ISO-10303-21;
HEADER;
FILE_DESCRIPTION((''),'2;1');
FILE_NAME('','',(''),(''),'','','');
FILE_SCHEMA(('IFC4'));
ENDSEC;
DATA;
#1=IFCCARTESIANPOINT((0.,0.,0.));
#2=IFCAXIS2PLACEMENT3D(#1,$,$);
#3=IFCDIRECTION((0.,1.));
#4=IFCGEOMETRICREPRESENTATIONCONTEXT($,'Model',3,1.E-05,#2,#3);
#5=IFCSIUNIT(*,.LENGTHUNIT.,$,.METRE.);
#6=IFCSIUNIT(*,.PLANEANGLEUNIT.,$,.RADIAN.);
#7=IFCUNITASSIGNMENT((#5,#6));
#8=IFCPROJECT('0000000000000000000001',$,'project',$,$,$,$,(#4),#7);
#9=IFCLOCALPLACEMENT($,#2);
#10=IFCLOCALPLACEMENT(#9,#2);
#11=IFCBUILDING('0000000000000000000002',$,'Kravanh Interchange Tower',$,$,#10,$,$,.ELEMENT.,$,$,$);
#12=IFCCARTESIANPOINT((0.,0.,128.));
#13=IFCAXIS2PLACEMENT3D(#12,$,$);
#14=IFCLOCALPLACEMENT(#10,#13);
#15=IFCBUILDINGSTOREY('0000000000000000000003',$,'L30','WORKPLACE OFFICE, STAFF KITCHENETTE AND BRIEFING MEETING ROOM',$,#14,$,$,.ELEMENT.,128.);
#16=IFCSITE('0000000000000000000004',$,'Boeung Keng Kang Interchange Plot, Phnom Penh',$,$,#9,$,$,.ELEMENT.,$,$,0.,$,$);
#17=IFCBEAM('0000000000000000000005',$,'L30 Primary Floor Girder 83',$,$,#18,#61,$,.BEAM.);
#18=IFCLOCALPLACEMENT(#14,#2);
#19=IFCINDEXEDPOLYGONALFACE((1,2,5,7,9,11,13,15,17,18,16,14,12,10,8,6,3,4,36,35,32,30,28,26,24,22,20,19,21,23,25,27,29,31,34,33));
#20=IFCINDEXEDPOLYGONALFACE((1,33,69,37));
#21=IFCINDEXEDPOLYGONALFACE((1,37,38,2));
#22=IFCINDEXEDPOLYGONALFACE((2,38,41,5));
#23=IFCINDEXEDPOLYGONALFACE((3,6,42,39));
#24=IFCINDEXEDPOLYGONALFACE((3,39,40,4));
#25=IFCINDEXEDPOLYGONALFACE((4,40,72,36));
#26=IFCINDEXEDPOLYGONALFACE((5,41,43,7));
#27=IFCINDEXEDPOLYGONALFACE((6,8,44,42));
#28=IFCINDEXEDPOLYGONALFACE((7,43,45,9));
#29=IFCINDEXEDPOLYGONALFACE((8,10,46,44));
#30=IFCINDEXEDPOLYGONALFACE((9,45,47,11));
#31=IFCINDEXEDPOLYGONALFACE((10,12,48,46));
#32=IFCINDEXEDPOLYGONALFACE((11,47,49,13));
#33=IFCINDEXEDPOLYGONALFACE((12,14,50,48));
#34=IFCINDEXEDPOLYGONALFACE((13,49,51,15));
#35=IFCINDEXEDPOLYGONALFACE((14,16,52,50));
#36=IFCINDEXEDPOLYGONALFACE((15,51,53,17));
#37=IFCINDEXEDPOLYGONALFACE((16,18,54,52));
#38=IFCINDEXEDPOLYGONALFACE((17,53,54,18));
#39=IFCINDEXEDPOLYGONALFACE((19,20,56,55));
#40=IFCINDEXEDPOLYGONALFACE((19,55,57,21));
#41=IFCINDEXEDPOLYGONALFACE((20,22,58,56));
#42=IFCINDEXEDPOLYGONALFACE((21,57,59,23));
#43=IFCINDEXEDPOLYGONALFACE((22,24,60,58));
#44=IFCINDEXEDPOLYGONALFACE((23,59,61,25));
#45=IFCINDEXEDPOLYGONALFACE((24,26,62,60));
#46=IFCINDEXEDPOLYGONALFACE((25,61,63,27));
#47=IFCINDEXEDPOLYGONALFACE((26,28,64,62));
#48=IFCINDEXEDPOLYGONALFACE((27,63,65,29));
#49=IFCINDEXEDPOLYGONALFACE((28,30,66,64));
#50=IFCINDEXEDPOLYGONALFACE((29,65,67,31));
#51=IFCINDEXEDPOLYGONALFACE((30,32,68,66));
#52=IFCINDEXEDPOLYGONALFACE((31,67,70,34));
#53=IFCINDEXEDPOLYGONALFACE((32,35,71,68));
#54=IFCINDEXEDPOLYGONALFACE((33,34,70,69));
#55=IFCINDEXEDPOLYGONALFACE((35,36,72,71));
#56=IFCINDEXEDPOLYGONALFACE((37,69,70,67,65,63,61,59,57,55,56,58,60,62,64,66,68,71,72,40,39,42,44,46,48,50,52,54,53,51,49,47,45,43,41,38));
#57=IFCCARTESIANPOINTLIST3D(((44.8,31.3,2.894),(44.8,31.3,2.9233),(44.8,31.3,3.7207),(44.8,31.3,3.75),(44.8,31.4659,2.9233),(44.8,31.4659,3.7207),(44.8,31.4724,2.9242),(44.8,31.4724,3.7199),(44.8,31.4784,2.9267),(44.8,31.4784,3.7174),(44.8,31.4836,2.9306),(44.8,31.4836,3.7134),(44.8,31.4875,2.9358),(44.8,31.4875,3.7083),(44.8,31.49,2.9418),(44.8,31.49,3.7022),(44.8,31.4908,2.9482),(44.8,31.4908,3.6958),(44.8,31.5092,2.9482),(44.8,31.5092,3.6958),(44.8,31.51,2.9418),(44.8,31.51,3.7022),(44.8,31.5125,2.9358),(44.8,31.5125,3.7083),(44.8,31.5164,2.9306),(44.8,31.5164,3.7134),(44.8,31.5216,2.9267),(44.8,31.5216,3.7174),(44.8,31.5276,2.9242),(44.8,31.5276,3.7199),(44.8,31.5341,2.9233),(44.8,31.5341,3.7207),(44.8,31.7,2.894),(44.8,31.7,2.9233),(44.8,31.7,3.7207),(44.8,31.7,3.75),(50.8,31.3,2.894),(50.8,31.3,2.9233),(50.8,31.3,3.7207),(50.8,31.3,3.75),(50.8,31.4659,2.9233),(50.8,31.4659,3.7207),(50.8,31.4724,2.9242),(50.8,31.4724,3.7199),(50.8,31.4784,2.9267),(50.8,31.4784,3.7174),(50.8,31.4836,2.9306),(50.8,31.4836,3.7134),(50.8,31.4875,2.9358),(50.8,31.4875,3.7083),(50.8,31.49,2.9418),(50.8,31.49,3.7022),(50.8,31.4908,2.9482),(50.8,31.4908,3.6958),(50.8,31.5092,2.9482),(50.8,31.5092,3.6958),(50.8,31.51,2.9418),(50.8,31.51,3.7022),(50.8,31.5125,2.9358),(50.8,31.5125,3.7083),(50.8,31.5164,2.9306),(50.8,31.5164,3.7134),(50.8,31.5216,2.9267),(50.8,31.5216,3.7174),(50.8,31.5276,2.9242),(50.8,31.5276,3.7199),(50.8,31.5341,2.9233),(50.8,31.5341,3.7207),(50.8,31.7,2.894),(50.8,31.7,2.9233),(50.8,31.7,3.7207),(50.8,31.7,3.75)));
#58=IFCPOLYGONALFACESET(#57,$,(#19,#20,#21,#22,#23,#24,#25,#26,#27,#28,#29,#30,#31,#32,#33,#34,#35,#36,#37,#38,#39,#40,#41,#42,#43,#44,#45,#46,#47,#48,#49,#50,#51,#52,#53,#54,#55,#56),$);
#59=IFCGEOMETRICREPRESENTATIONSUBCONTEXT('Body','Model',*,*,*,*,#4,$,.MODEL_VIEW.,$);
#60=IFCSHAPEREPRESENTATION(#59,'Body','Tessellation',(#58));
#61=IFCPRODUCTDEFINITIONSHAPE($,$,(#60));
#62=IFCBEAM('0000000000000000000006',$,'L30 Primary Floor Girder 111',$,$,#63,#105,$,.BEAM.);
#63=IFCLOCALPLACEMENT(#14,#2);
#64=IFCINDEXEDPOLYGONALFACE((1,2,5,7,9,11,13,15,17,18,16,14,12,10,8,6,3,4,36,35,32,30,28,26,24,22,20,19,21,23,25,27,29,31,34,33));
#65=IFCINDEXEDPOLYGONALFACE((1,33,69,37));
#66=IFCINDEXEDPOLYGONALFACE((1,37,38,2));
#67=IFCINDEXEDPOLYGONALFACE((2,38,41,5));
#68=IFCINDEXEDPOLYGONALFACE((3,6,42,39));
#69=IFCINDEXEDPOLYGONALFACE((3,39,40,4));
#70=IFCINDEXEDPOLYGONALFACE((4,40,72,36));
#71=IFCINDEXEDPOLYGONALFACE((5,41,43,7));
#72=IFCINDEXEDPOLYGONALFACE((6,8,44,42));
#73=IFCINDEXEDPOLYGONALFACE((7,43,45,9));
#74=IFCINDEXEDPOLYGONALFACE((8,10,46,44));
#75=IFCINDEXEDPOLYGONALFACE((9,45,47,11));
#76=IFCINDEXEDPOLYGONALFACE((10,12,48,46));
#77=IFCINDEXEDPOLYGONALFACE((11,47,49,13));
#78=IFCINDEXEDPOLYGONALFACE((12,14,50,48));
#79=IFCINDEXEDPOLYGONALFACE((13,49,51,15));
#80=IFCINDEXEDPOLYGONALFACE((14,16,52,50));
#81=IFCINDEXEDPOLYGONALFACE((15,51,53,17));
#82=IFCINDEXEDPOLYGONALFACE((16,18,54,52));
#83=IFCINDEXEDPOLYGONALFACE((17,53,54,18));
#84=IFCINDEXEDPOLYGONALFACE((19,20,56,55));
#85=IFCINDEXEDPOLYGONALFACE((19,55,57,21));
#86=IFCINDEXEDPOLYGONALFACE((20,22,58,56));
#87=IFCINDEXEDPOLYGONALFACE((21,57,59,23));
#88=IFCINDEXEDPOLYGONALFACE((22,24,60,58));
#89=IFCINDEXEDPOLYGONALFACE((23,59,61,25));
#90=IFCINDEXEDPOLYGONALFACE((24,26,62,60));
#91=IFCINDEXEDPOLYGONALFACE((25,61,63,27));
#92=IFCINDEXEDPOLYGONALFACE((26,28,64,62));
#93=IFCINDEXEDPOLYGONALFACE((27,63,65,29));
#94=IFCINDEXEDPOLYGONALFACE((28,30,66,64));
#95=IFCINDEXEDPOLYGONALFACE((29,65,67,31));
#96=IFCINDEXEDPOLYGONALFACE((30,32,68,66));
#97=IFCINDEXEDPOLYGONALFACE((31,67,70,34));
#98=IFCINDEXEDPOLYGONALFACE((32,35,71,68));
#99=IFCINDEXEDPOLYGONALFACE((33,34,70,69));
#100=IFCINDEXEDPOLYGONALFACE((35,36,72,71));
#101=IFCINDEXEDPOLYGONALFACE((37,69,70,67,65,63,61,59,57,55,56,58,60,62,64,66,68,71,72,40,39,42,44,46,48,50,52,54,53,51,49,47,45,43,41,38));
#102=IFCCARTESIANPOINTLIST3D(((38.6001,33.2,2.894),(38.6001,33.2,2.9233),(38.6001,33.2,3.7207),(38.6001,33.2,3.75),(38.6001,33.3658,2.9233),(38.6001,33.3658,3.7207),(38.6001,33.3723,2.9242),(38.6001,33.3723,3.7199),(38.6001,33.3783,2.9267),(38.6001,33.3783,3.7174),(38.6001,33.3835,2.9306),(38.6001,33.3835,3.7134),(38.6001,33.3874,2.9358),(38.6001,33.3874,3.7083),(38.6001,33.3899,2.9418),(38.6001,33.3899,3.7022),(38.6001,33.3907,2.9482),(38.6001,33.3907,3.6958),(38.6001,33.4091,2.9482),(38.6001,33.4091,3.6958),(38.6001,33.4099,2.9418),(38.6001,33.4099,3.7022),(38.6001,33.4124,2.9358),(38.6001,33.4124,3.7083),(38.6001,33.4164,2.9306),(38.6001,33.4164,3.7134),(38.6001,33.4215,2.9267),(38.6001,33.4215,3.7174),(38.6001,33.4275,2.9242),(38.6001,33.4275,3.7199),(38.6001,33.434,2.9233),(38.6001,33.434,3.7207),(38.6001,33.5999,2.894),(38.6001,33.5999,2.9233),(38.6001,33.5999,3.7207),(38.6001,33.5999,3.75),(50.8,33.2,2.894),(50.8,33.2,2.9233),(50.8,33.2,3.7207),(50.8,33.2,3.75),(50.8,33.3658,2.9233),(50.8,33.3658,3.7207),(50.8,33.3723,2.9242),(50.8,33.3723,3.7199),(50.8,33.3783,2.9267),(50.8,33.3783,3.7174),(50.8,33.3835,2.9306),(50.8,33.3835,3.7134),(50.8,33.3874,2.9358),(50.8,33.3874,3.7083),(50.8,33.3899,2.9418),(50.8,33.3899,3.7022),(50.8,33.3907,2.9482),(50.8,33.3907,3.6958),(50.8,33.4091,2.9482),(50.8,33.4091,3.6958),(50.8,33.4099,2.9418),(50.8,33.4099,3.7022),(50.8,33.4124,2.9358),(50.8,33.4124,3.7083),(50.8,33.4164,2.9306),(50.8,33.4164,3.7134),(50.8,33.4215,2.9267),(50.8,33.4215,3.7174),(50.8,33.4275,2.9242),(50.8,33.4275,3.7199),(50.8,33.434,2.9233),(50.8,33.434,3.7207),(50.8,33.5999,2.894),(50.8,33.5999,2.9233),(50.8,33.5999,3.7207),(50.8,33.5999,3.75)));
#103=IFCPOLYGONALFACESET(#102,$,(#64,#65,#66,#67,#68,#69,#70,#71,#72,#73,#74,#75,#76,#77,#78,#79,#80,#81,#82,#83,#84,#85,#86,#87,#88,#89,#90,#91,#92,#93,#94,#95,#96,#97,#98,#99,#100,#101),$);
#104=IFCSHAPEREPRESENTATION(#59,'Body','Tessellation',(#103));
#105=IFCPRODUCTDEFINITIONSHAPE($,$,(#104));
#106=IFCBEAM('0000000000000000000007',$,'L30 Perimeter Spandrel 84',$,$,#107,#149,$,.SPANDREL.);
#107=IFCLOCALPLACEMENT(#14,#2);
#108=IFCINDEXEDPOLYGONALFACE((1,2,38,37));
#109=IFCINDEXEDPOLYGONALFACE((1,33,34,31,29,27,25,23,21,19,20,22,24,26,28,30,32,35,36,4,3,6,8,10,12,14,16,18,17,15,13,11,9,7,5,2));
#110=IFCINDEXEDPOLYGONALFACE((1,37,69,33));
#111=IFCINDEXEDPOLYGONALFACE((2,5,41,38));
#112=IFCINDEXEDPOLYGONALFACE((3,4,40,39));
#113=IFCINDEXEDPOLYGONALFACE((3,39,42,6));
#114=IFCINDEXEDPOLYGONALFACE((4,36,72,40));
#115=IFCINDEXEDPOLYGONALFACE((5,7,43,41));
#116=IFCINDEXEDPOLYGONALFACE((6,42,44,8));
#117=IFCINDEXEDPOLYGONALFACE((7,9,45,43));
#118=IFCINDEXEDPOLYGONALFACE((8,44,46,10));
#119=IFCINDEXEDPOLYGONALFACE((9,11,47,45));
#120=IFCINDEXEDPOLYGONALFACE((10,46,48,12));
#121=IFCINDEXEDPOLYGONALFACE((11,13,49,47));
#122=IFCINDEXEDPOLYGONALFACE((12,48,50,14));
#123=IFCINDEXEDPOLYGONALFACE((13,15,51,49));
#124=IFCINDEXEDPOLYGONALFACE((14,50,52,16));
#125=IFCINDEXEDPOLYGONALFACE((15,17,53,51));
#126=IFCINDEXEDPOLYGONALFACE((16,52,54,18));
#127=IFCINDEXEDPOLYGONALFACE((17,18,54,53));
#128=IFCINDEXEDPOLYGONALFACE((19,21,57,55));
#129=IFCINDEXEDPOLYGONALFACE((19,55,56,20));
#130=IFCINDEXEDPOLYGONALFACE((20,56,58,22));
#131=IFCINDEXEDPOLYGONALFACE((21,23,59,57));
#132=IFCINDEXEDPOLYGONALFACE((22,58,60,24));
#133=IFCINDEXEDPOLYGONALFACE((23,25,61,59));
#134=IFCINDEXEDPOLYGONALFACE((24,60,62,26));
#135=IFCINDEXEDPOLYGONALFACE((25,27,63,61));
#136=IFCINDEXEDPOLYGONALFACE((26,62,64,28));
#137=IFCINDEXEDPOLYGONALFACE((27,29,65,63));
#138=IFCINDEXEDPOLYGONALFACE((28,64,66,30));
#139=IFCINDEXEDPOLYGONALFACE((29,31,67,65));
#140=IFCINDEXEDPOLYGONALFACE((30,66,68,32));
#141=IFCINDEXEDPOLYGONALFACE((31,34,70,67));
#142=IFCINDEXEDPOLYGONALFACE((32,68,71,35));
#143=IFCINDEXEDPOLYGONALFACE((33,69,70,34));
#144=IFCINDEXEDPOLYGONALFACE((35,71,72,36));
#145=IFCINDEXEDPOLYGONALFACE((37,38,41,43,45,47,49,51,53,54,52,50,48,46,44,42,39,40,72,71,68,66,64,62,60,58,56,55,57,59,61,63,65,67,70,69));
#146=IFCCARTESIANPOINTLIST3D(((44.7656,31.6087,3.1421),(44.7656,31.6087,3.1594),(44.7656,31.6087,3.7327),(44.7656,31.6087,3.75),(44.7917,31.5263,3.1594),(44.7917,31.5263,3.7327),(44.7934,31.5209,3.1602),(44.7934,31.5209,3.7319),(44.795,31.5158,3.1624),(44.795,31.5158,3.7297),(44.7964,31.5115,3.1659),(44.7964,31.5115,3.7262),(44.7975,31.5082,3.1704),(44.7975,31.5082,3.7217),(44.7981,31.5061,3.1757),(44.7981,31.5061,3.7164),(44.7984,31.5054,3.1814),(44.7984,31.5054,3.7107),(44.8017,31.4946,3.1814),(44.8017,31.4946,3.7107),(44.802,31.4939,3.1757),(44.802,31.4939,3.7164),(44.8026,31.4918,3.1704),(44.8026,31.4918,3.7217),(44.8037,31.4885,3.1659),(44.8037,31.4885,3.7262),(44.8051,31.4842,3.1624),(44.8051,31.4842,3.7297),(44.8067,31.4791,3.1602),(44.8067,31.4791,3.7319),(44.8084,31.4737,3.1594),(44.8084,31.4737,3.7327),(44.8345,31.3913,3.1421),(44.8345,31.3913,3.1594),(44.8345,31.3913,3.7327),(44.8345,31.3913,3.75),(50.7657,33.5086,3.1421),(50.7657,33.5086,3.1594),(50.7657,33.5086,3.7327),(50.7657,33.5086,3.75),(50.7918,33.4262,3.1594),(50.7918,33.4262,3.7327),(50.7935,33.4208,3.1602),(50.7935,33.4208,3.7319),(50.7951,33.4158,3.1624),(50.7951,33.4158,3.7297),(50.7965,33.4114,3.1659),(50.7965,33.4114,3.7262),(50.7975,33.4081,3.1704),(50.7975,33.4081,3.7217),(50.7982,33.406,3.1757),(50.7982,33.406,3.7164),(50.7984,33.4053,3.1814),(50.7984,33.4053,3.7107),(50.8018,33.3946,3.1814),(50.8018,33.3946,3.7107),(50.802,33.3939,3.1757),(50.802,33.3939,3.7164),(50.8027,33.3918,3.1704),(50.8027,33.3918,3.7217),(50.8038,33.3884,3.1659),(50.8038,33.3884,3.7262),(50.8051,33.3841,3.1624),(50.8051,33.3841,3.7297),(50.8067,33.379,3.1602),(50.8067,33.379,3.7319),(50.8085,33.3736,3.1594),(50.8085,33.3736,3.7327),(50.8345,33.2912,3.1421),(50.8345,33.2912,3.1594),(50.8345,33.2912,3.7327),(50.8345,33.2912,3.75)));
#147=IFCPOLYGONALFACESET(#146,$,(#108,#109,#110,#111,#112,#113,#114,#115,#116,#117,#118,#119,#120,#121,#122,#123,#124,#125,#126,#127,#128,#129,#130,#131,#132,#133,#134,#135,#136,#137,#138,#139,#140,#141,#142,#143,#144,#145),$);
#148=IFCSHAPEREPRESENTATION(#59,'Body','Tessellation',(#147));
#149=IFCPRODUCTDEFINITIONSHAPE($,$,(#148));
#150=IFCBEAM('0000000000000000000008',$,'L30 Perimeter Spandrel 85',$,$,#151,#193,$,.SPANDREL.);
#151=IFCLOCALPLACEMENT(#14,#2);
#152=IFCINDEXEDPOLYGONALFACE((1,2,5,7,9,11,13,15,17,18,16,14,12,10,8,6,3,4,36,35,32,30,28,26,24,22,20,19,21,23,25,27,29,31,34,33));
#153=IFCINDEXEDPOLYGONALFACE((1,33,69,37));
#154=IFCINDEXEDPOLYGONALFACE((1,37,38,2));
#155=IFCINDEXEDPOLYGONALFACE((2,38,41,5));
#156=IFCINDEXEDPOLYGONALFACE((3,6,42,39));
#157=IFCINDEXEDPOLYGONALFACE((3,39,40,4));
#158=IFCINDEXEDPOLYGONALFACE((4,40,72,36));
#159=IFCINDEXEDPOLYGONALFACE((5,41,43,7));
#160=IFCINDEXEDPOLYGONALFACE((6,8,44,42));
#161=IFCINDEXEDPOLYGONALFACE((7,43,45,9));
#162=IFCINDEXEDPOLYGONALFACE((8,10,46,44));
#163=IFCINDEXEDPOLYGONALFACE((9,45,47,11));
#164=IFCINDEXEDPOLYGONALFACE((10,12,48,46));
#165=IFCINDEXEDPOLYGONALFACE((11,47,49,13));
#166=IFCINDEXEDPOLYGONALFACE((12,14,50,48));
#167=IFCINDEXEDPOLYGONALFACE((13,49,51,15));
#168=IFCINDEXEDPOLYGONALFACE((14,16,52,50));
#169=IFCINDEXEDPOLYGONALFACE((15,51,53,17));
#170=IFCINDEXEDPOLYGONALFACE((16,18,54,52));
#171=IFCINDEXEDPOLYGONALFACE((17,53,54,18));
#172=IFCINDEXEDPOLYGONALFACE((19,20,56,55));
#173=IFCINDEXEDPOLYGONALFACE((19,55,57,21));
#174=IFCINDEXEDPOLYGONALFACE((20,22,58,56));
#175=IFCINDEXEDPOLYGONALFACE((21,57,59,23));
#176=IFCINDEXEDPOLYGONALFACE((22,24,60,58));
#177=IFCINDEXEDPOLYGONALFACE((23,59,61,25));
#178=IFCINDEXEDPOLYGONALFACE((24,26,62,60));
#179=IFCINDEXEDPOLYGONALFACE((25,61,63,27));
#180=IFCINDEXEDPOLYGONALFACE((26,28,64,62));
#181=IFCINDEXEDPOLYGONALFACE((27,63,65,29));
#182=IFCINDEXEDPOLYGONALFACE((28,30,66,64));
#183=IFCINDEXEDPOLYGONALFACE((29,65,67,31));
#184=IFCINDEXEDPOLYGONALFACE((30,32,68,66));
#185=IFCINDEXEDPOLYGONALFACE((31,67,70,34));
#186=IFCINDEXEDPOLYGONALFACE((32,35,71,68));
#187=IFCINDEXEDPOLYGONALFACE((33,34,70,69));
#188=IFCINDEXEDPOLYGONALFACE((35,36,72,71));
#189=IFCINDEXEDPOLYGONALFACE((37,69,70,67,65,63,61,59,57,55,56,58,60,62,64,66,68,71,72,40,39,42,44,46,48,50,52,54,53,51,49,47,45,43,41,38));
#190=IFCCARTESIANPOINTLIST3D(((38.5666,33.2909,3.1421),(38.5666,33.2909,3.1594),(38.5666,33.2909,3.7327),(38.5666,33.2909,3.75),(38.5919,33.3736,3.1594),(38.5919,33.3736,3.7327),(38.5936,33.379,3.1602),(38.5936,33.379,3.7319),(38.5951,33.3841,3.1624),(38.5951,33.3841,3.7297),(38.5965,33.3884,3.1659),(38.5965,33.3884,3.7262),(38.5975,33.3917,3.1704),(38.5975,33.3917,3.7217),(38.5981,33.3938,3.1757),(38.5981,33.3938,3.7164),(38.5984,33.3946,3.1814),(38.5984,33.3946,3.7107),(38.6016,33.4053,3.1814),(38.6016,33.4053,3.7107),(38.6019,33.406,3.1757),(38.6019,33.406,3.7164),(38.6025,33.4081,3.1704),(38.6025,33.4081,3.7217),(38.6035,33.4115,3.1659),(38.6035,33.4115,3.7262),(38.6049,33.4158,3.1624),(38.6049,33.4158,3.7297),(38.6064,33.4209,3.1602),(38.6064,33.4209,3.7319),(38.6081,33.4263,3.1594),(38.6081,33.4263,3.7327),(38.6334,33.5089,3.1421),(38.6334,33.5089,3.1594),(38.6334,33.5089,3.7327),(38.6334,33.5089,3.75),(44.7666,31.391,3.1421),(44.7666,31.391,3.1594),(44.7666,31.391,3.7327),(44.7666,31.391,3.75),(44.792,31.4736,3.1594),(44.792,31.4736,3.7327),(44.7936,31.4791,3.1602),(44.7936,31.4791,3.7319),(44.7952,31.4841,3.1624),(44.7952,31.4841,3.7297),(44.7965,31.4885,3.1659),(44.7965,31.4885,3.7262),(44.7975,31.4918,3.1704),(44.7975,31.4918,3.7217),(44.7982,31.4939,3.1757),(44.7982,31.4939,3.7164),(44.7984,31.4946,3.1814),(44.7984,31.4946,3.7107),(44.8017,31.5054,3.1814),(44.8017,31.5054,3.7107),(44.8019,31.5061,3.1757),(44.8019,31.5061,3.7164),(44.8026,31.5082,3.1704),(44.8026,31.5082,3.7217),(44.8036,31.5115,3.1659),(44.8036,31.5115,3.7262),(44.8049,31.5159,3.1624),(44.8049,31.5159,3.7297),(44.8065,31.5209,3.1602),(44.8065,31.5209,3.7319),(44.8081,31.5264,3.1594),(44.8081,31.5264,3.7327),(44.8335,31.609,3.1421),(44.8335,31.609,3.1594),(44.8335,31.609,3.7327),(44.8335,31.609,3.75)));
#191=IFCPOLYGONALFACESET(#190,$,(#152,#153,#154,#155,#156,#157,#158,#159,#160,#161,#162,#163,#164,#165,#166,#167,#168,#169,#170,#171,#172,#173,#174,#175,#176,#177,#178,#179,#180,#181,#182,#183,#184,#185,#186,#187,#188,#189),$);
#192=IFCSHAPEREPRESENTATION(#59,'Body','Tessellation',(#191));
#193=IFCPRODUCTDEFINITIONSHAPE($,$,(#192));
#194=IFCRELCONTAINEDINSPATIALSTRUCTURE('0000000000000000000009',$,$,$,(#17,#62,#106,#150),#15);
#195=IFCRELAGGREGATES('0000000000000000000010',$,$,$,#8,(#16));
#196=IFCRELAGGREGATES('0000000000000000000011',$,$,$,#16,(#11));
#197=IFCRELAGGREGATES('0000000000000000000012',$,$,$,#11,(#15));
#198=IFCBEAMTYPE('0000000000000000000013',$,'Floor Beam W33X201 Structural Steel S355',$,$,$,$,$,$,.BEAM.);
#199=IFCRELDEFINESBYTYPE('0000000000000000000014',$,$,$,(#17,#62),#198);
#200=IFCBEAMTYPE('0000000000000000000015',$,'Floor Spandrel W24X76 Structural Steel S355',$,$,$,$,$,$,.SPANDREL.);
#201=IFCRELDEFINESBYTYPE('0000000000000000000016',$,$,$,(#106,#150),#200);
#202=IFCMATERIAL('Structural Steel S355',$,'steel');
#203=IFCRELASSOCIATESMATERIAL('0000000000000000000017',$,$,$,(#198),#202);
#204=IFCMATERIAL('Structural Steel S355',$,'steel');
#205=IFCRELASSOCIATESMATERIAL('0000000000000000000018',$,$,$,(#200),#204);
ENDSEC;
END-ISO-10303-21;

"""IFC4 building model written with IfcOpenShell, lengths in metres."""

from ifc_helpers import new_model, si_unit, direction, frame, origin, origin_2d, place, context, subcontext, project, spatial, i_section, extrude, material, material_profile, profile_set, type_object, element, save


model = new_model("IFC4")

# Units and contexts
model_context = context("Model", 3, precision=1e-05, world=origin(), true_north=direction((0.0, 1.0)))
body_context = subcontext(model_context, "Body", "Model", "MODEL_VIEW")
ifc_project = project(units=[si_unit("LENGTHUNIT", "METRE"), si_unit("PLANEANGLEUNIT", "RADIAN")], contexts=[model_context])

# Site, building, storey
site_placement = place(None, origin())
site = spatial("IfcSite", under=ifc_project, at=site_placement, Name="Boeung Keng Kang Interchange Plot, Phnom Penh", CompositionType="ELEMENT", RefElevation=0.0)
building_placement = place(site_placement, origin())
building = spatial("IfcBuilding", under=site, at=building_placement, Name="Kravanh Interchange Tower", CompositionType="ELEMENT")
storey_placement = place(building_placement, frame((0.0, 0.0, 128.0)))
storey = spatial("IfcBuildingStorey", under=building, at=storey_placement, Name="L30", Description="WORKPLACE OFFICE, STAFF KITCHENETTE AND BRIEFING MEETING ROOM", CompositionType="ELEMENT", Elevation=128.0)

# Beams
ifc_material_1 = material(Name="Structural Steel S355", Category="steel")
ifc_material_profile_1 = material_profile(ifc_material_1, i_section(OverallWidth=0.3999, OverallDepth=0.856, WebThickness=0.0183, FlangeThickness=0.0293, FilletRadius=0.0249, at=origin_2d()), Name="W33X201")
ifc_profile_set_1 = profile_set([ifc_material_profile_1], Name="Structural Steel S355")
beam_type_1 = type_object("IfcBeamType", Name="Floor Beam W33X201 Structural Steel S355", PredefinedType="BEAM", material=ifc_profile_set_1)
beam_1_placement = place(storey_placement, frame((44.8, 31.5, 3.322), z_axis=(1.0, 0.0, 0.0), x_axis=(0.0, 1.0, 0.0)))
element("IfcBeam", 1, at=beam_1_placement, inside=storey, type_object=beam_type_1, Name="L30 Primary Floor Girder 83", PredefinedType="BEAM", context=body_context, shape_type="SweptSolid", body=[
    extrude(i_section(OverallWidth=0.3999, OverallDepth=0.856, WebThickness=0.0183, FlangeThickness=0.0293, FilletRadius=0.0249, at=origin_2d()), origin(), (0.0, 0.0, 1.0), 6.0),
])
beam_2_placement = place(storey_placement, frame((38.6001, 33.3999, 3.322), z_axis=(1.0, 0.0, 0.0), x_axis=(0.0, 1.0, 0.0)))
element("IfcBeam", 2, at=beam_2_placement, inside=storey, type_object=beam_type_1, Name="L30 Primary Floor Girder 111", PredefinedType="BEAM", context=body_context, shape_type="SweptSolid", body=[
    extrude(i_section(OverallWidth=0.3999, OverallDepth=0.856, WebThickness=0.0183, FlangeThickness=0.0293, FilletRadius=0.0249, at=origin_2d()), origin(), (0.0, 0.0, 1.0), 12.2),
])
ifc_material_2 = material(Name="Structural Steel S355", Category="steel")
ifc_material_profile_2 = material_profile(ifc_material_2, i_section(OverallWidth=0.228, OverallDepth=0.6079, WebThickness=0.0112, FlangeThickness=0.0173, FilletRadius=0.022, at=origin_2d()), Name="W24X76")
ifc_profile_set_2 = profile_set([ifc_material_profile_2], Name="Structural Steel S355")
beam_type_2 = type_object("IfcBeamType", Name="Floor Spandrel W24X76 Structural Steel S355", PredefinedType="SPANDREL", material=ifc_profile_set_2)
beam_3_placement = place(storey_placement, frame((44.8, 31.5, 3.446), z_axis=(0.953347, 0.301878, 0.0), x_axis=(-0.301878, 0.953347, 0.0)))
element("IfcBeam", 3, at=beam_3_placement, inside=storey, type_object=beam_type_2, Name="L30 Perimeter Spandrel 84", PredefinedType="SPANDREL", context=body_context, shape_type="SweptSolid", body=[
    extrude(i_section(OverallWidth=0.228, OverallDepth=0.6079, WebThickness=0.0112, FlangeThickness=0.0173, FilletRadius=0.022, at=origin_2d()), origin(), (0.0, 0.0, 1.0), 6.2937),
])
beam_4_placement = place(storey_placement, frame((44.8, 31.5, 3.446), z_axis=(-0.956115, 0.29299, 0.0), x_axis=(-0.29299, -0.956115, 0.0)))
element("IfcBeam", 4, at=beam_4_placement, inside=storey, type_object=beam_type_2, Name="L30 Perimeter Spandrel 85", PredefinedType="SPANDREL", context=body_context, shape_type="SweptSolid", body=[
    extrude(i_section(OverallWidth=0.228, OverallDepth=0.6079, WebThickness=0.0112, FlangeThickness=0.0173, FilletRadius=0.022, at=origin_2d()), origin(), (0.0, 0.0, 1.0), 6.4846),
])

save(model, "model.ifc")
